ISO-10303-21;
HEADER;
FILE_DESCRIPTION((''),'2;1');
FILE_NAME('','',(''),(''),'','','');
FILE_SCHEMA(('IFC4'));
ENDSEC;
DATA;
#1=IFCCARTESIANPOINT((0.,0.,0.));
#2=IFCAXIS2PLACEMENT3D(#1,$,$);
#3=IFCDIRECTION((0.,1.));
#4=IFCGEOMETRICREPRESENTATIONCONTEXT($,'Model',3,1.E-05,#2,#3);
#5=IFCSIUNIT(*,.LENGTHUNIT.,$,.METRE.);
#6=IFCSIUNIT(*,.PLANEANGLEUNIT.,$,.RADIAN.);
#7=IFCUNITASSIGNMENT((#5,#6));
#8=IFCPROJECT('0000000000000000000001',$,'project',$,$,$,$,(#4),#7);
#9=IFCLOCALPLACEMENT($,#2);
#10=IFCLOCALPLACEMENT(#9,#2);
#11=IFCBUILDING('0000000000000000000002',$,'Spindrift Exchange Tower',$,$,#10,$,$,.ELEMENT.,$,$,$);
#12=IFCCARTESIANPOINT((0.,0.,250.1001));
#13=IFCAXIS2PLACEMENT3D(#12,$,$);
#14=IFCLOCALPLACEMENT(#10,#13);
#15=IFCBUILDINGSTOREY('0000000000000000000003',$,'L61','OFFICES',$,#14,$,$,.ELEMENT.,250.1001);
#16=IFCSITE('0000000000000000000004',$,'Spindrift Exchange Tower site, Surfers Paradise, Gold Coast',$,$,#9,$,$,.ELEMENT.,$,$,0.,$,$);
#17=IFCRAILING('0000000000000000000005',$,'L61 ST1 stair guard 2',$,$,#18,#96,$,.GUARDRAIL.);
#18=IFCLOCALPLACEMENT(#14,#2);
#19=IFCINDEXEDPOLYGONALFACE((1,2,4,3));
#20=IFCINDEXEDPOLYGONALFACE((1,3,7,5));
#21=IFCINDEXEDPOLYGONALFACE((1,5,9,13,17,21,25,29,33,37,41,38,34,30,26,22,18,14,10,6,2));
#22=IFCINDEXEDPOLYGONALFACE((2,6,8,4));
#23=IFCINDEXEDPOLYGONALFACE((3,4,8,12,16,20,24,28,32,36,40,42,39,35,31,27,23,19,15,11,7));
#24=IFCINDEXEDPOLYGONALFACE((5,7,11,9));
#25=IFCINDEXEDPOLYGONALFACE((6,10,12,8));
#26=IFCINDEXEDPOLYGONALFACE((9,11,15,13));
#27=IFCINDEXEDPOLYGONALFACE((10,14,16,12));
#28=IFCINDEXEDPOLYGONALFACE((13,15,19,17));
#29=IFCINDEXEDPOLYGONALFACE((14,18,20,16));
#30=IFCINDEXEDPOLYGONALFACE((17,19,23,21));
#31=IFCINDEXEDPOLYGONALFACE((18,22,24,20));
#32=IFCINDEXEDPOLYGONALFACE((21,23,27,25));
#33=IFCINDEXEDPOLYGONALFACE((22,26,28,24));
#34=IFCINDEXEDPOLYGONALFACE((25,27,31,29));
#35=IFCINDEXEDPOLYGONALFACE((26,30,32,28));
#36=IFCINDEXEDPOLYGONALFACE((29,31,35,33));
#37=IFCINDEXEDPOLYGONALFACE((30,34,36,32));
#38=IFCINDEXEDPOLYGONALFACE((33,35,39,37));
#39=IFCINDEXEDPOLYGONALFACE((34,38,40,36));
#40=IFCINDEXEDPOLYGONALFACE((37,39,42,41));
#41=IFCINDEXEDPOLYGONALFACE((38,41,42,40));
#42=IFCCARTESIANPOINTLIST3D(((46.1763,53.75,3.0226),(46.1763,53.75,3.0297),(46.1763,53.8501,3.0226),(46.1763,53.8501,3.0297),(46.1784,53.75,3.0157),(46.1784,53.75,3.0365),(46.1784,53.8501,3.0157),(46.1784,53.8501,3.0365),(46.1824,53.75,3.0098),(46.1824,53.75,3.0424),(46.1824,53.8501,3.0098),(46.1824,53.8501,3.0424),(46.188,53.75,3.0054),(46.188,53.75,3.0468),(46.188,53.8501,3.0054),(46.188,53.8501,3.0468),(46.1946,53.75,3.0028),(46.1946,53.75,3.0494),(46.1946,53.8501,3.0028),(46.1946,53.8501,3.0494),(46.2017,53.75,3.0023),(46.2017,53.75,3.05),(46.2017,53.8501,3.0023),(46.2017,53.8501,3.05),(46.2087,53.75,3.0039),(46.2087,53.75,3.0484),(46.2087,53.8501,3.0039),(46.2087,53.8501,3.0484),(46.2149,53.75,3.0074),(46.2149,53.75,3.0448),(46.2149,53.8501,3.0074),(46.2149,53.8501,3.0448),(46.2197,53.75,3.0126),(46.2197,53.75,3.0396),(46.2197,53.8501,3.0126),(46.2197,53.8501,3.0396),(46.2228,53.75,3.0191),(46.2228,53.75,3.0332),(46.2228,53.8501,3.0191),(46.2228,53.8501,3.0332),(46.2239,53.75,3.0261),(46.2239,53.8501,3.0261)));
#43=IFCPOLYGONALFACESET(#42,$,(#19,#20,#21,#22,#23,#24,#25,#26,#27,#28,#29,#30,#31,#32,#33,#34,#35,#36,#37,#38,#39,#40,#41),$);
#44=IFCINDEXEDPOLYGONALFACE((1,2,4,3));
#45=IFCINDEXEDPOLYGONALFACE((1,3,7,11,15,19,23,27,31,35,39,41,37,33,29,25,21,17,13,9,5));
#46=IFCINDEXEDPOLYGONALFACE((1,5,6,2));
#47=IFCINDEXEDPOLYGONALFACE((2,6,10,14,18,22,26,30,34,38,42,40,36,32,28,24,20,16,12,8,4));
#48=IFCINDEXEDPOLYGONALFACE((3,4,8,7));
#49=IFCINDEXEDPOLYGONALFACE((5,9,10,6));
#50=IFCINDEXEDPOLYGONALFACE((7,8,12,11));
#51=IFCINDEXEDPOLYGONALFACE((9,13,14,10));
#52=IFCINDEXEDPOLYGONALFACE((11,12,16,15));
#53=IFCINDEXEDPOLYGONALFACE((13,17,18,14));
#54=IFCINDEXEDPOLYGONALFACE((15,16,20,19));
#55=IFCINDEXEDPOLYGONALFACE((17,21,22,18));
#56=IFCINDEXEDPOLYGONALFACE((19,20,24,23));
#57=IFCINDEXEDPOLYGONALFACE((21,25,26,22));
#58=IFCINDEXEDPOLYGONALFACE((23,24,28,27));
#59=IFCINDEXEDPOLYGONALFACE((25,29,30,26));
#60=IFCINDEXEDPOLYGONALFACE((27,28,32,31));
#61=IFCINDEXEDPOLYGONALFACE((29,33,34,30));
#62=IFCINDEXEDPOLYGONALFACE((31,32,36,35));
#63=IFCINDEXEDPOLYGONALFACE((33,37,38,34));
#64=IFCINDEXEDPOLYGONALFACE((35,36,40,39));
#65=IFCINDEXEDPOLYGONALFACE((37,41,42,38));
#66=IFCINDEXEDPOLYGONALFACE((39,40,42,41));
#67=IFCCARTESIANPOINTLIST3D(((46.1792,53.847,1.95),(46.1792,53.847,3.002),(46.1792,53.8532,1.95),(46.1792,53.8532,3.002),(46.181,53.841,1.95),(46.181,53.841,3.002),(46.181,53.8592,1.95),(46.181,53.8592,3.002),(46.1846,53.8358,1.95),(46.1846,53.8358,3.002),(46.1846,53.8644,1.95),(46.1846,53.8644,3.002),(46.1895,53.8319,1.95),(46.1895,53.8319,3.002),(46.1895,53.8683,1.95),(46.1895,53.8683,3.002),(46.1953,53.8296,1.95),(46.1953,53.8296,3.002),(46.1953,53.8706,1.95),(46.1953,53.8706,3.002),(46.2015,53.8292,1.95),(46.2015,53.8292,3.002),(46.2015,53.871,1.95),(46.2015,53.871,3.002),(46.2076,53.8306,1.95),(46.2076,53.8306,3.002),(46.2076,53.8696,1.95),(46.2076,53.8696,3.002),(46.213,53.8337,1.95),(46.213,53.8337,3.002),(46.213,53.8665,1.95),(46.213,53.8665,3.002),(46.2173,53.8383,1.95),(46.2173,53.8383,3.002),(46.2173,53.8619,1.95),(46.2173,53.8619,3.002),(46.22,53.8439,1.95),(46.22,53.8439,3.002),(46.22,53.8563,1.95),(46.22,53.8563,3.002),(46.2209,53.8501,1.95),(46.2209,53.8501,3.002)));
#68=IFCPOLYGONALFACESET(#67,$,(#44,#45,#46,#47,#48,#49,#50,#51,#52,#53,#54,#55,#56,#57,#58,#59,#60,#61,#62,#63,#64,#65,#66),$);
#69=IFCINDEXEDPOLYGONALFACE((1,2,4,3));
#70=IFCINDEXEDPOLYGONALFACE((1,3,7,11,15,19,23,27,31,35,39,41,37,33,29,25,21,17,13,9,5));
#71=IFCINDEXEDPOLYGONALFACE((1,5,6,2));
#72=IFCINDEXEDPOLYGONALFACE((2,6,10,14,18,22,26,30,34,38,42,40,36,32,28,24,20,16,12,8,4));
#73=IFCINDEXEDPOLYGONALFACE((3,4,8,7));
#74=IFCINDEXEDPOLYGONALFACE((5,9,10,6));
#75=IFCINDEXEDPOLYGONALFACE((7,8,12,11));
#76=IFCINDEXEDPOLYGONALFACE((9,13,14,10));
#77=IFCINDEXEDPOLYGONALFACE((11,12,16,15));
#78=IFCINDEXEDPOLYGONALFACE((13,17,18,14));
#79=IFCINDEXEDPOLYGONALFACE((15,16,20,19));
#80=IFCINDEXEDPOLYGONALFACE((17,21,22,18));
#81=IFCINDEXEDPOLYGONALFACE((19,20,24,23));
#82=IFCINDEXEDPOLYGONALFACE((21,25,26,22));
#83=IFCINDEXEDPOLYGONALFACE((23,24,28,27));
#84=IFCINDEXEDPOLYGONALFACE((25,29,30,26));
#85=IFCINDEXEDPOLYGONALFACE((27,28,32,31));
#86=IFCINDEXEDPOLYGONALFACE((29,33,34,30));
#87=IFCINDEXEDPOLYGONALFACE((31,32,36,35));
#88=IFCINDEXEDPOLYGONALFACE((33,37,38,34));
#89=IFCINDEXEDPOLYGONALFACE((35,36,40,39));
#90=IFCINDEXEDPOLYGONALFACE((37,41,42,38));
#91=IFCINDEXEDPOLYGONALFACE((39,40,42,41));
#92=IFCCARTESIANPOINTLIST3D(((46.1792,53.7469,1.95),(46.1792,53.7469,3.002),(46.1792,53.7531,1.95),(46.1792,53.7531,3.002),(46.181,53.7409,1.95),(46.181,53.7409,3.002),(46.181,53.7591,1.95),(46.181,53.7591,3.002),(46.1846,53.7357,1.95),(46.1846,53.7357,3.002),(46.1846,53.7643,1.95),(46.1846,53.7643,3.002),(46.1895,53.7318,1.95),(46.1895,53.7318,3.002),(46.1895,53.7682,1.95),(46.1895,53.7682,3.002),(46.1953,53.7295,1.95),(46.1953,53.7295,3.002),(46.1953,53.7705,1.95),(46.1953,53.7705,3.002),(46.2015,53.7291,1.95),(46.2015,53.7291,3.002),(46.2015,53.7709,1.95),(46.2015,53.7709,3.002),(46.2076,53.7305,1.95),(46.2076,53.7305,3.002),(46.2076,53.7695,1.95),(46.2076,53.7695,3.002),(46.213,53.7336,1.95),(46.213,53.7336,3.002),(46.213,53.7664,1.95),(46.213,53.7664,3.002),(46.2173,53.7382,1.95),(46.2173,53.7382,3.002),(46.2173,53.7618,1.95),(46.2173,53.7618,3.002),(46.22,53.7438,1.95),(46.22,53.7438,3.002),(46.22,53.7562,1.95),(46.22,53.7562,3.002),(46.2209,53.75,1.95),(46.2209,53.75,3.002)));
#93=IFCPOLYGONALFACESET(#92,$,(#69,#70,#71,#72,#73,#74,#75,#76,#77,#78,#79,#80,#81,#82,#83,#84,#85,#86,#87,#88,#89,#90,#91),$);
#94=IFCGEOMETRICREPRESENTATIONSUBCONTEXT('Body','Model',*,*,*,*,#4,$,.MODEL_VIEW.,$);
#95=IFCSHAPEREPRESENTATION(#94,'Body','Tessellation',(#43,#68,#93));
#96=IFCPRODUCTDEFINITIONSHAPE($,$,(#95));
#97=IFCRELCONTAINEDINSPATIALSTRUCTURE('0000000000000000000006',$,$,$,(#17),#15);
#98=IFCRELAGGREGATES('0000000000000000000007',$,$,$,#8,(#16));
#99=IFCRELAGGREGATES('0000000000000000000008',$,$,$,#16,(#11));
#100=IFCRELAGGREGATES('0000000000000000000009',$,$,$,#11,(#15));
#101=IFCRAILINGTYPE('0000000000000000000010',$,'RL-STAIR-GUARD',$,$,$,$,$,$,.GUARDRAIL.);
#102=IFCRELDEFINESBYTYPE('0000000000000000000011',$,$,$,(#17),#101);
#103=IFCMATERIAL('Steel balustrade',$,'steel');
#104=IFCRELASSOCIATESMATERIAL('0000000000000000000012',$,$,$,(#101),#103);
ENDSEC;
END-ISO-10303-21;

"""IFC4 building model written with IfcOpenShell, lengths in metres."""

from ifc_helpers import new_model, si_unit, direction, frame, origin, origin_2d, place, context, subcontext, project, spatial, circle, extrude, material, type_object, element, save


model = new_model("IFC4")

# Units and contexts
model_context = context("Model", 3, precision=1e-05, world=origin(), true_north=direction((0.0, 1.0)))
body_context = subcontext(model_context, "Body", "Model", "MODEL_VIEW")
ifc_project = project(units=[si_unit("LENGTHUNIT", "METRE"), si_unit("PLANEANGLEUNIT", "RADIAN")], contexts=[model_context])

# Site, building, storey
site_placement = place(None, origin())
site = spatial("IfcSite", under=ifc_project, at=site_placement, Name="Spindrift Exchange Tower site, Surfers Paradise, Gold Coast", CompositionType="ELEMENT", RefElevation=0.0)
building_placement = place(site_placement, origin())
building = spatial("IfcBuilding", under=site, at=building_placement, Name="Spindrift Exchange Tower", CompositionType="ELEMENT")
storey_placement = place(building_placement, frame((0.0, 0.0, 250.1001)))
storey = spatial("IfcBuildingStorey", under=building, at=storey_placement, Name="L61", Description="OFFICES", CompositionType="ELEMENT", Elevation=250.1001)

# Railing
ifc_material_1 = material(Name="Steel balustrade", Category="steel")
railing_type_1 = type_object("IfcRailingType", Name="RL-STAIR-GUARD", PredefinedType="GUARDRAIL", material=ifc_material_1)
railing_1_placement = place(storey_placement, frame((46.2, 53.8501, 1.95)))
element("IfcRailing", 1, at=railing_1_placement, inside=storey, type_object=railing_type_1, Name="L61 ST1 stair guard 2", PredefinedType="GUARDRAIL", context=body_context, shape_type="SweptSolid", body=[
    extrude(circle(Radius=0.0239, at=origin_2d()), frame((0.0, 0.0, 1.0762), z_axis=(0.0, -1.0, 0.0), x_axis=(1.0, 0.0, 0.0)), (0.0, 0.0, 1.0), 0.1001),
    extrude(circle(Radius=0.021, at=origin_2d()), origin(), (0.0, 0.0, 1.0), 1.052),
    extrude(circle(Radius=0.021, at=origin_2d()), frame((0.0, -0.1001, 0.0)), (0.0, 0.0, 1.0), 1.052),
])

save(model, "model.ifc")
